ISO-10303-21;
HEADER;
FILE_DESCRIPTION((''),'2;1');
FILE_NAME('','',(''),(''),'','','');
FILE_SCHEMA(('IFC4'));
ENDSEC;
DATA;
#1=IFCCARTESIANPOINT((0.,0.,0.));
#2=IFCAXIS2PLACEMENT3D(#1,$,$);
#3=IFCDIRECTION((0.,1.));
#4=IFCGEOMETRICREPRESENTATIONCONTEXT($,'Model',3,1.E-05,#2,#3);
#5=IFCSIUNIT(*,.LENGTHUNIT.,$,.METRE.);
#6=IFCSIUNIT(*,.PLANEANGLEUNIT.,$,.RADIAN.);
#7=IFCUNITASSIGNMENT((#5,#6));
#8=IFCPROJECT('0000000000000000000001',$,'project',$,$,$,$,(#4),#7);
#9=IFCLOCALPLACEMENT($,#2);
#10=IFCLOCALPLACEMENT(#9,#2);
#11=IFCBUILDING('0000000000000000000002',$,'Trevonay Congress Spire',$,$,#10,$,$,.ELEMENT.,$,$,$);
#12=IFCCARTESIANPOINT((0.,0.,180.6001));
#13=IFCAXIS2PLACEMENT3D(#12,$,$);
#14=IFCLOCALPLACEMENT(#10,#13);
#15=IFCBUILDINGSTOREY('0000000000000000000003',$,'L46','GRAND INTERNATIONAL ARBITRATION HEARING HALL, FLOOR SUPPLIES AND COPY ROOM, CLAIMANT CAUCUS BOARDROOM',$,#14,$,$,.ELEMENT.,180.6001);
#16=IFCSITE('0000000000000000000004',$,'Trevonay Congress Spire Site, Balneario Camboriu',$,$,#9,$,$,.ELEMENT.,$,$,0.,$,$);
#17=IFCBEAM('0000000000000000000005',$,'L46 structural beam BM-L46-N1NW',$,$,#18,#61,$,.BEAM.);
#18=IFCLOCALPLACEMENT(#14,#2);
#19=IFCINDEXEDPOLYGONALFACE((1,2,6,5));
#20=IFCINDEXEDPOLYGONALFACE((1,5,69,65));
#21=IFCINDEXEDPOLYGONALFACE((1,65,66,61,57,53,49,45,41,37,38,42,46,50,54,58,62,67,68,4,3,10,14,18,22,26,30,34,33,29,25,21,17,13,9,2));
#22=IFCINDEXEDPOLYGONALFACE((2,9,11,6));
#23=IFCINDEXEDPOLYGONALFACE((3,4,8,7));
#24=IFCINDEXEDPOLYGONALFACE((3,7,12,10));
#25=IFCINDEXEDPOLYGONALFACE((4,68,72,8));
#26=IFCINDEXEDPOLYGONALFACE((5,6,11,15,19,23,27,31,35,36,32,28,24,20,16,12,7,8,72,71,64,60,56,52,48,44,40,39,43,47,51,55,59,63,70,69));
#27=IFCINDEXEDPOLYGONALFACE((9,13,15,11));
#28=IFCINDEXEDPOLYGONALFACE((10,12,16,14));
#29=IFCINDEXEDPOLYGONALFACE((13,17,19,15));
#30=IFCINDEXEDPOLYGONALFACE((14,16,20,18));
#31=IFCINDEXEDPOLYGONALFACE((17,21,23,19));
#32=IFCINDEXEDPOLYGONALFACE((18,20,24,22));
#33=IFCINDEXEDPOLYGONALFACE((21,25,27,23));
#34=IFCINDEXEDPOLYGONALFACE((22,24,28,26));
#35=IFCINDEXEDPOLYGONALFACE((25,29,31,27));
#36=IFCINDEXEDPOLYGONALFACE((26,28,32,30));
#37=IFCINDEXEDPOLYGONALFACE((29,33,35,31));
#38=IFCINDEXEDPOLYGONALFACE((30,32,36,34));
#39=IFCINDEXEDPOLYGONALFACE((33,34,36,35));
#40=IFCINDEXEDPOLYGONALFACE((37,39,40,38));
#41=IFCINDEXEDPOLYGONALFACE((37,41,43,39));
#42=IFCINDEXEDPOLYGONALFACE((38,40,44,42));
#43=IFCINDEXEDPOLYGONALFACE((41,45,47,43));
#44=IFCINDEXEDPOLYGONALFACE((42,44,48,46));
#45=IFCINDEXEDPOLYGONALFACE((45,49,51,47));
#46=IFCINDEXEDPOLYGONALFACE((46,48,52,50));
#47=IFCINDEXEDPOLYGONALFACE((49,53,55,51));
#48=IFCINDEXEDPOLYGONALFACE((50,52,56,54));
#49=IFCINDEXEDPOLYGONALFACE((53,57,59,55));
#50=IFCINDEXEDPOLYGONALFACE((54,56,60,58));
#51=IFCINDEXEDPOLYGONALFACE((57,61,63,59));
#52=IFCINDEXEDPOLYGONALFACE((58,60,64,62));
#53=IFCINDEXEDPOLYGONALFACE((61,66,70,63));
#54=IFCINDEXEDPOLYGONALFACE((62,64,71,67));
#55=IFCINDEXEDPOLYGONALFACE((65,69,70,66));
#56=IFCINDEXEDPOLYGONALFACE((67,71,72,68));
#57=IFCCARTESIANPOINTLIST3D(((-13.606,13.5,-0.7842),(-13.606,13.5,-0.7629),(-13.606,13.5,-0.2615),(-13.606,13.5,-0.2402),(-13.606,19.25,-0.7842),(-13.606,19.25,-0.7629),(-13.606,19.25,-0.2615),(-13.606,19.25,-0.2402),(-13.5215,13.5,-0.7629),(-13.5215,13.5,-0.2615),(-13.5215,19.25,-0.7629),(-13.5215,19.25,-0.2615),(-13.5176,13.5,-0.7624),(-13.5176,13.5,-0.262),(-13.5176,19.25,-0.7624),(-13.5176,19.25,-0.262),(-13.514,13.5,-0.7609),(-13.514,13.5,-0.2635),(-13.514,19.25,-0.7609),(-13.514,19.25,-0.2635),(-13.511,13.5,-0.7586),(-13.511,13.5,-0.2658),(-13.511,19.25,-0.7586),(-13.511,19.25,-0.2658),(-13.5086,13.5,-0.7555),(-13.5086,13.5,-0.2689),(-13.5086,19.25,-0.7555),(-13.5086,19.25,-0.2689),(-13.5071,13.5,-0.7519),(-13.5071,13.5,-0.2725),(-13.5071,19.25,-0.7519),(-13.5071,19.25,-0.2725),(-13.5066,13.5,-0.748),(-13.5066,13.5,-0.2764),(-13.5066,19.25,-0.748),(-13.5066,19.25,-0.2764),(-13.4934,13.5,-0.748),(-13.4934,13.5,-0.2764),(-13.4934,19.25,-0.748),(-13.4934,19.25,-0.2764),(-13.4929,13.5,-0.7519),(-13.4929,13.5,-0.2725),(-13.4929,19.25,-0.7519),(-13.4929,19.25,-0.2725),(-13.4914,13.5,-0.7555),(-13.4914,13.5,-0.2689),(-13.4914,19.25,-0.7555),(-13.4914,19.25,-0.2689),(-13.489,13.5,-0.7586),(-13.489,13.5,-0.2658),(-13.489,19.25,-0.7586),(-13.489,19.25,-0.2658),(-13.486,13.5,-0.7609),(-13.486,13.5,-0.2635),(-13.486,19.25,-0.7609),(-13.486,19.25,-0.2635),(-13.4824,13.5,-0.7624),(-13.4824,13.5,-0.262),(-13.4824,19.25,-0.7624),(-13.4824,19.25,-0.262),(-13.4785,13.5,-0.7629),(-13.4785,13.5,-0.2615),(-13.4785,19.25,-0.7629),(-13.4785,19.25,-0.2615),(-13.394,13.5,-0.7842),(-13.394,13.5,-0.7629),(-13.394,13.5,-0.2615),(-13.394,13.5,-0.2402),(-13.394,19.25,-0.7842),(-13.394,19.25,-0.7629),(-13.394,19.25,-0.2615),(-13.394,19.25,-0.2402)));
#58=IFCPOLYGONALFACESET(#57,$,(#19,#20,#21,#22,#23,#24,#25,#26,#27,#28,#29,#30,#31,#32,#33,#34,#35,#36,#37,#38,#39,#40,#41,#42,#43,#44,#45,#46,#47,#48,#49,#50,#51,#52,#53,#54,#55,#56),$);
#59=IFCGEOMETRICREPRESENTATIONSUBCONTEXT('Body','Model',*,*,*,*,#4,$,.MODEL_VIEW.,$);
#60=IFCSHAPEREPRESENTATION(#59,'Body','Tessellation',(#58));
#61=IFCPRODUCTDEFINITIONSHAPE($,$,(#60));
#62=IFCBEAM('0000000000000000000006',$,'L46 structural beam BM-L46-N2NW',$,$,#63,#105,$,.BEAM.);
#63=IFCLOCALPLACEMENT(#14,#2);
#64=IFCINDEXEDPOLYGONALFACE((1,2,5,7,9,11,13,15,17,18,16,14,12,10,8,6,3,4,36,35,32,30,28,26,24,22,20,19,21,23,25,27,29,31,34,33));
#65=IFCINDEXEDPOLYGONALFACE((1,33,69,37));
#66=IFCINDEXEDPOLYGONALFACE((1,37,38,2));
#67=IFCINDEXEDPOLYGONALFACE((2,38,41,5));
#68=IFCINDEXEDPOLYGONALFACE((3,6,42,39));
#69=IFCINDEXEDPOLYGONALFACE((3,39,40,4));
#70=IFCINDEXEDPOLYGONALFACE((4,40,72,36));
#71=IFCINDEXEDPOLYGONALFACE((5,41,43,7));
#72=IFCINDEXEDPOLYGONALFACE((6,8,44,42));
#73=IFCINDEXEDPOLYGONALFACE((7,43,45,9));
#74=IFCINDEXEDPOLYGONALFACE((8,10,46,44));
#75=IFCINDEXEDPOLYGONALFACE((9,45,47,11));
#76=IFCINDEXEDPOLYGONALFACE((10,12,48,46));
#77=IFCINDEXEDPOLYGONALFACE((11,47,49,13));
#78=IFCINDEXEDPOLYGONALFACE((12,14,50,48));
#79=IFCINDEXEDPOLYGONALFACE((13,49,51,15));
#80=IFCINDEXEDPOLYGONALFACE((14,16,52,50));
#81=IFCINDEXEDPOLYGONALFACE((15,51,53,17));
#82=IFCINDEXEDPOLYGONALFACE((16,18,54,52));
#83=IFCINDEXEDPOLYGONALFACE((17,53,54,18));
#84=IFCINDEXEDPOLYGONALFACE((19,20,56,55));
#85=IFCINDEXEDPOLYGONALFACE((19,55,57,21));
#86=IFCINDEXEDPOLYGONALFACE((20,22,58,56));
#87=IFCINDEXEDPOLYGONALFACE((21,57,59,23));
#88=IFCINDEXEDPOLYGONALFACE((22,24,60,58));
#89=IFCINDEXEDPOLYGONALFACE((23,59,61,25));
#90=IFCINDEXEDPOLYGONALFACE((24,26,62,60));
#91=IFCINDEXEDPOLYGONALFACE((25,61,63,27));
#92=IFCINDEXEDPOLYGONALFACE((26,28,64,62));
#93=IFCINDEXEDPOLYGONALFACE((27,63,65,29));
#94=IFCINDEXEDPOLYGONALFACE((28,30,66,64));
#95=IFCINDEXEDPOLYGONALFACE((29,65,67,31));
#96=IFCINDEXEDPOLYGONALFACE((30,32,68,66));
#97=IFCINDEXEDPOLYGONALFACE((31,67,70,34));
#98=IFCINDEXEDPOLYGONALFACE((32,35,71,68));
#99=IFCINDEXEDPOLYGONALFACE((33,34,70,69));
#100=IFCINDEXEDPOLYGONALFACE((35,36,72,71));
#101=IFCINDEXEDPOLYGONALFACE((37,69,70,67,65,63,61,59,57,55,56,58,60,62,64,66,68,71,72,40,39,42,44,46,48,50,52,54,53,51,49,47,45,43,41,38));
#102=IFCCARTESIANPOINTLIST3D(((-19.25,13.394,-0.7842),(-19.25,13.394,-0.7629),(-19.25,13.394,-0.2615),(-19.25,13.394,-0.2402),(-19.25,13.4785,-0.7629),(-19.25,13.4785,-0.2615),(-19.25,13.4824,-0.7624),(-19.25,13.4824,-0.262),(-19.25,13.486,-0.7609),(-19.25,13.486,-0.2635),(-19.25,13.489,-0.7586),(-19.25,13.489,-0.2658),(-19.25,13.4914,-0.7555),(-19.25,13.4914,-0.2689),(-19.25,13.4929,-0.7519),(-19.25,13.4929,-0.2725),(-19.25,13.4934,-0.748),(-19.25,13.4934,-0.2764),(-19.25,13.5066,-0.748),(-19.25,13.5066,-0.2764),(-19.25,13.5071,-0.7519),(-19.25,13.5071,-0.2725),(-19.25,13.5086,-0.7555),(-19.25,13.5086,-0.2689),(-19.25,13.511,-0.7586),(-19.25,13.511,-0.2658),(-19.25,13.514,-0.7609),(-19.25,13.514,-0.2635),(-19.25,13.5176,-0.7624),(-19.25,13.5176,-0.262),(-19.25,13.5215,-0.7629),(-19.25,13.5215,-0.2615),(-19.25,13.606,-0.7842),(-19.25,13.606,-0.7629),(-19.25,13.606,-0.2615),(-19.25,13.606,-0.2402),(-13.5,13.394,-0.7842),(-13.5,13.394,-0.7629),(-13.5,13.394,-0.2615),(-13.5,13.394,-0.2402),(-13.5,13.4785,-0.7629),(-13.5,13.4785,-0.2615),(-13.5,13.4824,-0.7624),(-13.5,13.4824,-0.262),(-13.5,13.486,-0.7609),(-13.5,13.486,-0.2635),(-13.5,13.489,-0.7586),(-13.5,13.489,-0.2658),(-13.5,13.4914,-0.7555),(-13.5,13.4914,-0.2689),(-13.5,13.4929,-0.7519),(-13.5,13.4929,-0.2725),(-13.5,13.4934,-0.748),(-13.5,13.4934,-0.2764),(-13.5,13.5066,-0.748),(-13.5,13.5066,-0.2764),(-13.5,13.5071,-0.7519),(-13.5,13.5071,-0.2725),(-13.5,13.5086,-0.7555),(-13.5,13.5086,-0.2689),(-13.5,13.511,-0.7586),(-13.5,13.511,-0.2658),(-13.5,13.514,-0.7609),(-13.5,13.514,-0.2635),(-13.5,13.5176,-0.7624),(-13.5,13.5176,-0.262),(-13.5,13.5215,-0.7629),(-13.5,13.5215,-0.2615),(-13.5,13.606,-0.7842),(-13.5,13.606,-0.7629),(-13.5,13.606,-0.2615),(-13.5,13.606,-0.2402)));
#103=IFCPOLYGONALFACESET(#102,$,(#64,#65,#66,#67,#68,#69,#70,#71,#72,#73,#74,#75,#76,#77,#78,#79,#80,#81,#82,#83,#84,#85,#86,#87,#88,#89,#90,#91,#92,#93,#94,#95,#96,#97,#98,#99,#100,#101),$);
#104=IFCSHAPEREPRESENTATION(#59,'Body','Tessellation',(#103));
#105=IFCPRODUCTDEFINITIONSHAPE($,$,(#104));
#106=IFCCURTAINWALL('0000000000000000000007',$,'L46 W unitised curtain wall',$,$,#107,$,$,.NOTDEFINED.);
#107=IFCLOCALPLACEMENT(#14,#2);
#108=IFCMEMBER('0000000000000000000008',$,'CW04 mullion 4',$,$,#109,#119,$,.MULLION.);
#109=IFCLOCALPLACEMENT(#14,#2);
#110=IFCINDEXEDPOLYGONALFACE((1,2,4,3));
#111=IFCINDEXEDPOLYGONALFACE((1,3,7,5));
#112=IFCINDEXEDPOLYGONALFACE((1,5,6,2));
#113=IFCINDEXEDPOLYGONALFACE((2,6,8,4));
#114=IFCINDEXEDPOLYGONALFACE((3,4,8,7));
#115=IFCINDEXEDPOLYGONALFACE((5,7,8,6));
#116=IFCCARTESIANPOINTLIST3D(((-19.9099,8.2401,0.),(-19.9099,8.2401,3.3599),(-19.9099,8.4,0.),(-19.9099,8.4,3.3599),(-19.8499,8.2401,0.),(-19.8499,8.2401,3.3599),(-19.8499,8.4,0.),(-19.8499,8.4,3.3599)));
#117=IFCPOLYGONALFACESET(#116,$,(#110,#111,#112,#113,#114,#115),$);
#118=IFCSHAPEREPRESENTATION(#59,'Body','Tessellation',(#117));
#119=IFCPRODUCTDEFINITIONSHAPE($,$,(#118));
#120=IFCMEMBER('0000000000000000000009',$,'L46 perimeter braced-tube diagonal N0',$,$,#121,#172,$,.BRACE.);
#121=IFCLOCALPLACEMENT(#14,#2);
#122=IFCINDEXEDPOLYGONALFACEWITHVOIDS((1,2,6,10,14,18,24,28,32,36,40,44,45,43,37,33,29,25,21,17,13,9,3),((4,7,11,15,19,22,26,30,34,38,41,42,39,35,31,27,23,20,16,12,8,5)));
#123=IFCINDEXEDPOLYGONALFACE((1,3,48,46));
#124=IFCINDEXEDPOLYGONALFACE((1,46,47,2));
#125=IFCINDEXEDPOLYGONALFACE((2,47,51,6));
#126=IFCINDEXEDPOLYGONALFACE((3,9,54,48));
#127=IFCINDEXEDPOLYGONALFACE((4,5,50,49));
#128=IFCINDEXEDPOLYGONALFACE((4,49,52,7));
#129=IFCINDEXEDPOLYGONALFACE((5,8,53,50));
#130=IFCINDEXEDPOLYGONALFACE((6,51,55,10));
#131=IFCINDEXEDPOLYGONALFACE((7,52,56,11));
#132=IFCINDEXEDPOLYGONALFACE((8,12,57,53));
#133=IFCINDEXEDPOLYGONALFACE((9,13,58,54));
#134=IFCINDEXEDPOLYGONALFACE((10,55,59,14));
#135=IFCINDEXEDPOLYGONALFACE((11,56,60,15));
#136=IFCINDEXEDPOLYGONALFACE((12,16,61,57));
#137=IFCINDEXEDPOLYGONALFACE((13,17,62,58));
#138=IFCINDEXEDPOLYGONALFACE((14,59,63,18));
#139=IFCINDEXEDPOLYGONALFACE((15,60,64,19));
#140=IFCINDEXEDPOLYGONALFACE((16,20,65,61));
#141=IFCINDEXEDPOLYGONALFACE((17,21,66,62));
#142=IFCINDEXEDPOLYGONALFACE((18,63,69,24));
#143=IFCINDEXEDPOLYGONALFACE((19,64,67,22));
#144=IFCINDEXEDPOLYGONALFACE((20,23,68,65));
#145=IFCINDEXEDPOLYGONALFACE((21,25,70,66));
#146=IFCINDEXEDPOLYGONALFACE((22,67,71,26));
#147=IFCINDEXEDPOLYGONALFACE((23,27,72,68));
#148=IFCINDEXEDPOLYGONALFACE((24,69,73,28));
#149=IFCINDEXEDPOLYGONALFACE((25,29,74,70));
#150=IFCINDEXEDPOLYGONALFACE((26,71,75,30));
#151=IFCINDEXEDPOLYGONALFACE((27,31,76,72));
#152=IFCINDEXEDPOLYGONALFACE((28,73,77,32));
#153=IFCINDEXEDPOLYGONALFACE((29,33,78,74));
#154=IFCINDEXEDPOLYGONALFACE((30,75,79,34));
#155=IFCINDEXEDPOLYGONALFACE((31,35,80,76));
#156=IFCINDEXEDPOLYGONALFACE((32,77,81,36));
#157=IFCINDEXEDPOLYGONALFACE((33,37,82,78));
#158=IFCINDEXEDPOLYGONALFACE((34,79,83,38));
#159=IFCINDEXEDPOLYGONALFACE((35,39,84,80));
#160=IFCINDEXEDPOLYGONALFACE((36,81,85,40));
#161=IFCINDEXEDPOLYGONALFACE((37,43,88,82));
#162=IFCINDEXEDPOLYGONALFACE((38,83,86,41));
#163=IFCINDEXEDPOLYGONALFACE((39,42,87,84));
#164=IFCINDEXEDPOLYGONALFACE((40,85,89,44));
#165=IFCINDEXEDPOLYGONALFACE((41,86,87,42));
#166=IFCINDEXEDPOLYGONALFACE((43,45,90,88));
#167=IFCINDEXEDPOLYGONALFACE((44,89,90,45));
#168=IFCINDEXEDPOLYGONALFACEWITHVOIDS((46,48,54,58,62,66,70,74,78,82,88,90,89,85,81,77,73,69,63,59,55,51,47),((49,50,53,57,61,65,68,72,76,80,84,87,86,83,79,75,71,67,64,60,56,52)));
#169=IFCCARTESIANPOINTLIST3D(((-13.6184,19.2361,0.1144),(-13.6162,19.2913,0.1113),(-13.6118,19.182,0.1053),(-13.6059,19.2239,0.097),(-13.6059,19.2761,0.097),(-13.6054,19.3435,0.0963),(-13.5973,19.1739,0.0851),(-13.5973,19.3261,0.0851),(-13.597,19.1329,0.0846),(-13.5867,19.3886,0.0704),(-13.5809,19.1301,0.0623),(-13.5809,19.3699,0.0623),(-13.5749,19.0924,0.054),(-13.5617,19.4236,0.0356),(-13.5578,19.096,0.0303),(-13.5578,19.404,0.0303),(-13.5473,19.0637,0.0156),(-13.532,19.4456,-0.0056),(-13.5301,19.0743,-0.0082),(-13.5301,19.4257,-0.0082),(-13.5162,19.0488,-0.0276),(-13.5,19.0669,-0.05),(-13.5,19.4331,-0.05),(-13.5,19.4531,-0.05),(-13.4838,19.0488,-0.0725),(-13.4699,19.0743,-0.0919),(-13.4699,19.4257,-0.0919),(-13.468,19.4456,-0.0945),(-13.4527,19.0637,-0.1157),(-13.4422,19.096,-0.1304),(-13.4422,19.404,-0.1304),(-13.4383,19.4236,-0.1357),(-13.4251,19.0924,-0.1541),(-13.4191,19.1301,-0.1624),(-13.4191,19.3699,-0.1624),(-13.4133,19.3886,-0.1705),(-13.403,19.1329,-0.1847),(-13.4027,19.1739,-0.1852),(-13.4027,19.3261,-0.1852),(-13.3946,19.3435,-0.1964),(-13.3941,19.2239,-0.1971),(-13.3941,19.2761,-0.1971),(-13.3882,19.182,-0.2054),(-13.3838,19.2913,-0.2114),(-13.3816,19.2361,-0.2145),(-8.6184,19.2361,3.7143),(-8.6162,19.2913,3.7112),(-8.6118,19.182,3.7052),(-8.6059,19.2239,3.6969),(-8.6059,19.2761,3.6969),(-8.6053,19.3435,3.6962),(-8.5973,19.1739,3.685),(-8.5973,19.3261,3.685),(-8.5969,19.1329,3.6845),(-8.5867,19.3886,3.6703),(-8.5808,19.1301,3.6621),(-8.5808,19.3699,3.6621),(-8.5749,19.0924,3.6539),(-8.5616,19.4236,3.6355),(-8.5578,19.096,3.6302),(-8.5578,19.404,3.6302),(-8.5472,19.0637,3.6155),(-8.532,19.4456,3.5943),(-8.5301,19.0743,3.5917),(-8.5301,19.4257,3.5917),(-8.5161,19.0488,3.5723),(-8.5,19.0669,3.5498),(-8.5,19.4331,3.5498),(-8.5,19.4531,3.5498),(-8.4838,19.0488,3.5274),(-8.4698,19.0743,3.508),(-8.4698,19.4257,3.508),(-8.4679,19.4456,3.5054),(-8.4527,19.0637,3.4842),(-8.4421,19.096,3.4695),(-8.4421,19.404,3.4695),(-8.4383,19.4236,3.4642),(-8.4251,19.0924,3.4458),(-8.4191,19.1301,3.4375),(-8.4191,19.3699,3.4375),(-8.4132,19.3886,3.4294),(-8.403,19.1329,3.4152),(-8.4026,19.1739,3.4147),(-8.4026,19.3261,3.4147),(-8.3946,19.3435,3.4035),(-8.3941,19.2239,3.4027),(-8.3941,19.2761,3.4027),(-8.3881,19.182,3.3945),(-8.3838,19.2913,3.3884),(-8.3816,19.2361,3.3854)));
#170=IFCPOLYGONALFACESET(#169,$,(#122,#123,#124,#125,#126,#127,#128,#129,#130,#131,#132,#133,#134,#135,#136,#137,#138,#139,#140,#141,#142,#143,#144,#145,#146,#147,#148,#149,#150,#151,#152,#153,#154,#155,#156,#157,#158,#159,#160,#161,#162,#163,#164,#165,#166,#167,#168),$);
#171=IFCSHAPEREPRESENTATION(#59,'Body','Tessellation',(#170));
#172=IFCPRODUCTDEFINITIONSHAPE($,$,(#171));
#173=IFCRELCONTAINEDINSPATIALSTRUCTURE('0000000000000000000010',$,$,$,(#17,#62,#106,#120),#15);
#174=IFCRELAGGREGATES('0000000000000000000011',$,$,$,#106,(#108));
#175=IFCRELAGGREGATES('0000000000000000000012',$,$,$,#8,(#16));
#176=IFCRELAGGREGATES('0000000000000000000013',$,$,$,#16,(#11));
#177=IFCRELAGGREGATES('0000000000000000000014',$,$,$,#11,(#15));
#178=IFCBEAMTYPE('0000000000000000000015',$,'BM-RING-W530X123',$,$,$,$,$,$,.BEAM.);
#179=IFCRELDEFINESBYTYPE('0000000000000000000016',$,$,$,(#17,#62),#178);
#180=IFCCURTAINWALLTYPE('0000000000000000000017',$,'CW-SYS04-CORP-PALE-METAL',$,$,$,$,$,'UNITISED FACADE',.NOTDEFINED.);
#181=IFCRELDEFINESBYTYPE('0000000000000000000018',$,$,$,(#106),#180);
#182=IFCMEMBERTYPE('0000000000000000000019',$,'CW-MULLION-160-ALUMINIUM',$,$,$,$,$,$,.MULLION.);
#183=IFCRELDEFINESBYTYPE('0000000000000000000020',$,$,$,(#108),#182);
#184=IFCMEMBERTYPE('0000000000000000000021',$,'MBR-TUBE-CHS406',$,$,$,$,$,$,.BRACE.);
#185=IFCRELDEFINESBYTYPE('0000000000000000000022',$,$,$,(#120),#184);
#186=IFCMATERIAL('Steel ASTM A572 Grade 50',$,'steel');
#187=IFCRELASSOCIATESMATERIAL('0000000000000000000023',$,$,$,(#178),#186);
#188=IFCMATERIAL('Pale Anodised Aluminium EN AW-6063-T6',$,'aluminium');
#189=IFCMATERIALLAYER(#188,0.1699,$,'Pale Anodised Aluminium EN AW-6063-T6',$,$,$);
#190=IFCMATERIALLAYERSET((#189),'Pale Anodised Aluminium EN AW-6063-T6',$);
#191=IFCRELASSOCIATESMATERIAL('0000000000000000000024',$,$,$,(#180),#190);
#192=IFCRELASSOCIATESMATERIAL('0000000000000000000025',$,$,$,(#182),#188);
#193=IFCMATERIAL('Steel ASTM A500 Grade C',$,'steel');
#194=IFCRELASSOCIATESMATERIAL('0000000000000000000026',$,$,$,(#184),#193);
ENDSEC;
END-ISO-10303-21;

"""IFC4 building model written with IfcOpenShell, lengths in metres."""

from ifc_helpers import new_model, si_unit, direction, frame, origin, origin_2d, place, context, subcontext, project, spatial, rectangle, hollow_circle, i_section, extrude, material, layer, layer_set, material_profile, profile_set, type_object, element, aggregate, save


model = new_model("IFC4")

# Units and contexts
model_context = context("Model", 3, precision=1e-05, world=origin(), true_north=direction((0.0, 1.0)))
body_context = subcontext(model_context, "Body", "Model", "MODEL_VIEW")
ifc_project = project(units=[si_unit("LENGTHUNIT", "METRE"), si_unit("PLANEANGLEUNIT", "RADIAN")], contexts=[model_context])

# Site, building, storey
site_placement = place(None, origin())
site = spatial("IfcSite", under=ifc_project, at=site_placement, Name="Trevonay Congress Spire Site, Balneario Camboriu", CompositionType="ELEMENT", RefElevation=0.0)
building_placement = place(site_placement, origin())
building = spatial("IfcBuilding", under=site, at=building_placement, Name="Trevonay Congress Spire", CompositionType="ELEMENT")
storey_placement = place(building_placement, frame((0.0, 0.0, 180.6001)))
storey = spatial("IfcBuildingStorey", under=building, at=storey_placement, Name="L46", Description="GRAND INTERNATIONAL ARBITRATION HEARING HALL, FLOOR SUPPLIES AND COPY ROOM, CLAIMANT CAUCUS BOARDROOM", CompositionType="ELEMENT", Elevation=180.6001)

# Shared definitions
ifc_material_1 = material(Name="Steel ASTM A572 Grade 50", Category="steel")

# Beams
ifc_material_profile_1 = material_profile(ifc_material_1, i_section(OverallWidth=0.2119, OverallDepth=0.5439, WebThickness=0.0132, FlangeThickness=0.0212, FilletRadius=0.0149, at=origin_2d()), Name="W530x123")
ifc_profile_set_1 = profile_set([ifc_material_profile_1], Name="Steel ASTM A572 Grade 50")
beam_type = type_object("IfcBeamType", Name="BM-RING-W530X123", PredefinedType="BEAM", material=ifc_profile_set_1)
for number, where, z_axis, x_axis, name in (
    (1, (-13.5, 19.25, -0.5122), (0.0, -1.0, 0.0), (1.0, 0.0, 0.0), "L46 structural beam BM-L46-N1NW"),
    (2, (-19.25, 13.5, -0.5122), (1.0, 0.0, 0.0), (0.0, 1.0, 0.0), "L46 structural beam BM-L46-N2NW"),
):
    element("IfcBeam", number, at=place(storey_placement, frame(where, z_axis=z_axis, x_axis=x_axis)), inside=storey, type_object=beam_type, Name=name, PredefinedType="BEAM", context=body_context, shape_type="SweptSolid", body=[
        extrude(i_section(OverallWidth=0.2119, OverallDepth=0.5439, WebThickness=0.0132, FlangeThickness=0.0212, FilletRadius=0.0149, at=origin_2d()), origin(), (0.0, 0.0, 1.0), 5.75),
    ])

# Curtain wall, member
ifc_material_2 = material(Name="Pale Anodised Aluminium EN AW-6063-T6", Category="aluminium")
ifc_layer_1 = layer(ifc_material_2, 0.1699, Name="Pale Anodised Aluminium EN AW-6063-T6")
ifc_layer_set_1 = layer_set([ifc_layer_1], Name="Pale Anodised Aluminium EN AW-6063-T6")
curtain_wall_type = type_object("IfcCurtainWallType", Name="CW-SYS04-CORP-PALE-METAL", ElementType="UNITISED FACADE", PredefinedType="NOTDEFINED", material=ifc_layer_set_1)
curtain_wall_placement = place(storey_placement, origin())
curtain_wall = element("IfcCurtainWall", 3, at=curtain_wall_placement, inside=storey, type_object=curtain_wall_type, Name="L46 W unitised curtain wall", PredefinedType="NOTDEFINED")
ifc_material_profile_2 = material_profile(ifc_material_2, rectangle(XDim=0.0601, YDim=0.1599, at=origin_2d()), Name="CW-MULLION-160-ALUMINIUM")
ifc_profile_set_2 = profile_set([ifc_material_profile_2], Name="Pale Anodised Aluminium EN AW-6063-T6")
member_type_1 = type_object("IfcMemberType", Name="CW-MULLION-160-ALUMINIUM", PredefinedType="MULLION", material=ifc_profile_set_2)
member_placement = place(storey_placement, frame((-19.8799, 8.3201, 0.0), z_axis=(0.0, 0.0, 1.0), x_axis=(-1.0, 0.0, 0.0)))
member = element("IfcMember", 4, at=member_placement, type_object=member_type_1, Name="CW04 mullion 4", PredefinedType="MULLION", context=body_context, shape_type="SweptSolid", body=[
    extrude(rectangle(XDim=0.0601, YDim=0.1599, at=origin_2d()), origin(), (0.0, 0.0, 1.0), 3.3599),
])
aggregate(curtain_wall, [member])

# Member
ifc_material_3 = material(Name="Steel ASTM A500 Grade C", Category="steel")
ifc_material_profile_3 = material_profile(ifc_material_3, hollow_circle(Radius=0.2031, WallThickness=0.02, at=origin_2d()), Name="CHS 406.4x20")
ifc_profile_set_3 = profile_set([ifc_material_profile_3], Name="Steel ASTM A500 Grade C")
member_type_2 = type_object("IfcMemberType", Name="MBR-TUBE-CHS406", PredefinedType="BRACE", material=ifc_profile_set_3)
for number, where, z_axis, x_axis, name in (
    (5, (-13.5, 19.25, -0.05), (0.811546, 0.0, 0.584289), (0.0, 1.0, 0.0), "L46 perimeter braced-tube diagonal N0"),
):
    element("IfcMember", number, at=place(storey_placement, frame(where, z_axis=z_axis, x_axis=x_axis)), inside=storey, type_object=member_type_2, Name=name, PredefinedType="BRACE", context=body_context, shape_type="SweptSolid", body=[
        extrude(hollow_circle(Radius=0.2031, WallThickness=0.02, at=origin_2d()), origin(), (0.0, 0.0, 1.0), 6.1611),
    ])

save(model, "model.ifc")
